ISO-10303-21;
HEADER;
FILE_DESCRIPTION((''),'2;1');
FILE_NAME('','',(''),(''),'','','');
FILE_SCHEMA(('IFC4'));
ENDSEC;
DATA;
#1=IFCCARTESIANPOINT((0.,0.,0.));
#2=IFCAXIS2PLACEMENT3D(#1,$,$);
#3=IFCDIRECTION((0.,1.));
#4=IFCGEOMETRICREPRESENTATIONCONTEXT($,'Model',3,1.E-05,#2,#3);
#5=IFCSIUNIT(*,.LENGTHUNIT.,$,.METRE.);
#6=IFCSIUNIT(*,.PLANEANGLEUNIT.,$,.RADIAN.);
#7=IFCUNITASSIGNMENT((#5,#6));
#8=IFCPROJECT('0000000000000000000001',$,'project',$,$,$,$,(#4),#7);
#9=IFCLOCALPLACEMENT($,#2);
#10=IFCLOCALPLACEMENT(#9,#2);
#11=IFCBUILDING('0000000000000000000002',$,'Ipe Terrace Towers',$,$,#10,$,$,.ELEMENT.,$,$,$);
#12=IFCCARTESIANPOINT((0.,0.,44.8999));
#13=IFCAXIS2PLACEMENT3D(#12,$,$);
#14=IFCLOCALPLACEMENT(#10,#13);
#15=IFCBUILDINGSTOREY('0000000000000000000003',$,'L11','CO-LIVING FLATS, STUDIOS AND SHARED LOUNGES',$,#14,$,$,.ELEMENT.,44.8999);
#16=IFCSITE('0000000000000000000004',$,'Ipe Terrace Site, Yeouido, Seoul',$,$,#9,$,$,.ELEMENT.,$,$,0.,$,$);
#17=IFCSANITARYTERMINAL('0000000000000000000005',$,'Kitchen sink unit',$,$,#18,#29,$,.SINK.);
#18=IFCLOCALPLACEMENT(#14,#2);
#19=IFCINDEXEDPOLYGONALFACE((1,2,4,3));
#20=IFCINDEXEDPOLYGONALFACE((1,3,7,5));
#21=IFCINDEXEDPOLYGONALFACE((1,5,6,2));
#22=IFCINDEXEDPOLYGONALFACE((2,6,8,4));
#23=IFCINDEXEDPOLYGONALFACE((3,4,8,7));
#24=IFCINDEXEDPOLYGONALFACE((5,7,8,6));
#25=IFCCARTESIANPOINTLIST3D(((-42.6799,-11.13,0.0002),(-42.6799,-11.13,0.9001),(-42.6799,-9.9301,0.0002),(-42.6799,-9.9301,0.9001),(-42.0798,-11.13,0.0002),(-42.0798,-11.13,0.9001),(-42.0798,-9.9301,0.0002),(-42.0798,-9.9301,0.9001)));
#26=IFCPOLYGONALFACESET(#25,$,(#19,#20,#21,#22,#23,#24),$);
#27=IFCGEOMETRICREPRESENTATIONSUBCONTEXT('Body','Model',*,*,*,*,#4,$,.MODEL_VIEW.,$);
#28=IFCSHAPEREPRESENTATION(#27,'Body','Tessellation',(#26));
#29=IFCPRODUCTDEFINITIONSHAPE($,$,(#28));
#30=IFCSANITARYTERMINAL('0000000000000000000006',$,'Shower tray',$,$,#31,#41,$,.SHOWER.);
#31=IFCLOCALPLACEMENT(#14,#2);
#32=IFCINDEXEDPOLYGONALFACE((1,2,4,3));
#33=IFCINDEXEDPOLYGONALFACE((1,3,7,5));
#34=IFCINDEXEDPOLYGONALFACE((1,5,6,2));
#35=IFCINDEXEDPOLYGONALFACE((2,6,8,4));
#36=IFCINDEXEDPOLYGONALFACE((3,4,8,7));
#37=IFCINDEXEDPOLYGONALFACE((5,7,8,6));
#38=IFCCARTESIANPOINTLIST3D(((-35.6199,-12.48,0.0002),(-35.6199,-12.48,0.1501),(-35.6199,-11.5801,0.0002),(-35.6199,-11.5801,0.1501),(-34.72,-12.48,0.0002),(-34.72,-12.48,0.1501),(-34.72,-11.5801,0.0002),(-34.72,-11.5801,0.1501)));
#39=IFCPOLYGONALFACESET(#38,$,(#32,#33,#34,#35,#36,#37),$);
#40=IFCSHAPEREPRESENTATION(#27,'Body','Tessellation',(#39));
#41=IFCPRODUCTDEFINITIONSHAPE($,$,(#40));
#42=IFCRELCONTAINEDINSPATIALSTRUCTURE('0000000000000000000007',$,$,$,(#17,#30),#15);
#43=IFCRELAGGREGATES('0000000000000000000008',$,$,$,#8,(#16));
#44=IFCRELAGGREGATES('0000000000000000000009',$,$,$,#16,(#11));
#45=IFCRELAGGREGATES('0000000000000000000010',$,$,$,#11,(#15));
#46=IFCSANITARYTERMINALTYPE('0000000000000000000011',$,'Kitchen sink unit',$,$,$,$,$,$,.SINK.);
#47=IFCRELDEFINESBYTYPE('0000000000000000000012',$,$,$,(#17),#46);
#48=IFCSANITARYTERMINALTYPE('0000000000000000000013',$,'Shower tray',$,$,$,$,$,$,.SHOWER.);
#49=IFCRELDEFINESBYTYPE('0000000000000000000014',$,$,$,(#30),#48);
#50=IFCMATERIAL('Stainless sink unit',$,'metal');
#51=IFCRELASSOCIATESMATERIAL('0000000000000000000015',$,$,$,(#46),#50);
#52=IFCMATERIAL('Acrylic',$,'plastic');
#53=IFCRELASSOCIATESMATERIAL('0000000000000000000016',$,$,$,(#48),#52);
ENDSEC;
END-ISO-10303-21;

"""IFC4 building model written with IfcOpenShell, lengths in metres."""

from ifc_helpers import new_model, si_unit, direction, frame, origin, origin_2d, place, context, subcontext, project, spatial, rectangle, extrude, material, type_object, element, save


model = new_model("IFC4")

# Units and contexts
model_context = context("Model", 3, precision=1e-05, world=origin(), true_north=direction((0.0, 1.0)))
body_context = subcontext(model_context, "Body", "Model", "MODEL_VIEW")
ifc_project = project(units=[si_unit("LENGTHUNIT", "METRE"), si_unit("PLANEANGLEUNIT", "RADIAN")], contexts=[model_context])

# Site, building, storey
site_placement = place(None, origin())
site = spatial("IfcSite", under=ifc_project, at=site_placement, Name="Ipe Terrace Site, Yeouido, Seoul", CompositionType="ELEMENT", RefElevation=0.0)
building_placement = place(site_placement, origin())
building = spatial("IfcBuilding", under=site, at=building_placement, Name="Ipe Terrace Towers", CompositionType="ELEMENT")
storey_placement = place(building_placement, frame((0.0, 0.0, 44.8999)))
storey = spatial("IfcBuildingStorey", under=building, at=storey_placement, Name="L11", Description="CO-LIVING FLATS, STUDIOS AND SHARED LOUNGES", CompositionType="ELEMENT", Elevation=44.8999)

# Sanitary terminals
ifc_material_1 = material(Name="Stainless sink unit", Category="metal")
sanitary_terminal_type_1 = type_object("IfcSanitaryTerminalType", Name="Kitchen sink unit", PredefinedType="SINK", material=ifc_material_1)
sanitary_terminal_1_placement = place(storey_placement, frame((-42.3799, -10.53, 0.0002), z_axis=(0.0, 0.0, 1.0), x_axis=(0.0, 1.0, 0.0)))
element("IfcSanitaryTerminal", 1, at=sanitary_terminal_1_placement, inside=storey, type_object=sanitary_terminal_type_1, Name="Kitchen sink unit", PredefinedType="SINK", context=body_context, shape_type="SweptSolid", body=[
    extrude(rectangle(XDim=1.2, YDim=0.6001, at=origin_2d()), origin(), (0.0, 0.0, 1.0), 0.8999),
])
ifc_material_2 = material(Name="Acrylic", Category="plastic")
sanitary_terminal_type_2 = type_object("IfcSanitaryTerminalType", Name="Shower tray", PredefinedType="SHOWER", material=ifc_material_2)
sanitary_terminal_2_placement = place(storey_placement, frame((-35.1699, -12.03, 0.0002), z_axis=(0.0, 0.0, 1.0), x_axis=(-1.0, 0.0, 0.0)))
element("IfcSanitaryTerminal", 2, at=sanitary_terminal_2_placement, inside=storey, type_object=sanitary_terminal_type_2, Name="Shower tray", PredefinedType="SHOWER", context=body_context, shape_type="SweptSolid", body=[
    extrude(rectangle(XDim=0.8999, YDim=0.8999, at=origin_2d()), origin(), (0.0, 0.0, 1.0), 0.1499),
])

save(model, "model.ifc")
